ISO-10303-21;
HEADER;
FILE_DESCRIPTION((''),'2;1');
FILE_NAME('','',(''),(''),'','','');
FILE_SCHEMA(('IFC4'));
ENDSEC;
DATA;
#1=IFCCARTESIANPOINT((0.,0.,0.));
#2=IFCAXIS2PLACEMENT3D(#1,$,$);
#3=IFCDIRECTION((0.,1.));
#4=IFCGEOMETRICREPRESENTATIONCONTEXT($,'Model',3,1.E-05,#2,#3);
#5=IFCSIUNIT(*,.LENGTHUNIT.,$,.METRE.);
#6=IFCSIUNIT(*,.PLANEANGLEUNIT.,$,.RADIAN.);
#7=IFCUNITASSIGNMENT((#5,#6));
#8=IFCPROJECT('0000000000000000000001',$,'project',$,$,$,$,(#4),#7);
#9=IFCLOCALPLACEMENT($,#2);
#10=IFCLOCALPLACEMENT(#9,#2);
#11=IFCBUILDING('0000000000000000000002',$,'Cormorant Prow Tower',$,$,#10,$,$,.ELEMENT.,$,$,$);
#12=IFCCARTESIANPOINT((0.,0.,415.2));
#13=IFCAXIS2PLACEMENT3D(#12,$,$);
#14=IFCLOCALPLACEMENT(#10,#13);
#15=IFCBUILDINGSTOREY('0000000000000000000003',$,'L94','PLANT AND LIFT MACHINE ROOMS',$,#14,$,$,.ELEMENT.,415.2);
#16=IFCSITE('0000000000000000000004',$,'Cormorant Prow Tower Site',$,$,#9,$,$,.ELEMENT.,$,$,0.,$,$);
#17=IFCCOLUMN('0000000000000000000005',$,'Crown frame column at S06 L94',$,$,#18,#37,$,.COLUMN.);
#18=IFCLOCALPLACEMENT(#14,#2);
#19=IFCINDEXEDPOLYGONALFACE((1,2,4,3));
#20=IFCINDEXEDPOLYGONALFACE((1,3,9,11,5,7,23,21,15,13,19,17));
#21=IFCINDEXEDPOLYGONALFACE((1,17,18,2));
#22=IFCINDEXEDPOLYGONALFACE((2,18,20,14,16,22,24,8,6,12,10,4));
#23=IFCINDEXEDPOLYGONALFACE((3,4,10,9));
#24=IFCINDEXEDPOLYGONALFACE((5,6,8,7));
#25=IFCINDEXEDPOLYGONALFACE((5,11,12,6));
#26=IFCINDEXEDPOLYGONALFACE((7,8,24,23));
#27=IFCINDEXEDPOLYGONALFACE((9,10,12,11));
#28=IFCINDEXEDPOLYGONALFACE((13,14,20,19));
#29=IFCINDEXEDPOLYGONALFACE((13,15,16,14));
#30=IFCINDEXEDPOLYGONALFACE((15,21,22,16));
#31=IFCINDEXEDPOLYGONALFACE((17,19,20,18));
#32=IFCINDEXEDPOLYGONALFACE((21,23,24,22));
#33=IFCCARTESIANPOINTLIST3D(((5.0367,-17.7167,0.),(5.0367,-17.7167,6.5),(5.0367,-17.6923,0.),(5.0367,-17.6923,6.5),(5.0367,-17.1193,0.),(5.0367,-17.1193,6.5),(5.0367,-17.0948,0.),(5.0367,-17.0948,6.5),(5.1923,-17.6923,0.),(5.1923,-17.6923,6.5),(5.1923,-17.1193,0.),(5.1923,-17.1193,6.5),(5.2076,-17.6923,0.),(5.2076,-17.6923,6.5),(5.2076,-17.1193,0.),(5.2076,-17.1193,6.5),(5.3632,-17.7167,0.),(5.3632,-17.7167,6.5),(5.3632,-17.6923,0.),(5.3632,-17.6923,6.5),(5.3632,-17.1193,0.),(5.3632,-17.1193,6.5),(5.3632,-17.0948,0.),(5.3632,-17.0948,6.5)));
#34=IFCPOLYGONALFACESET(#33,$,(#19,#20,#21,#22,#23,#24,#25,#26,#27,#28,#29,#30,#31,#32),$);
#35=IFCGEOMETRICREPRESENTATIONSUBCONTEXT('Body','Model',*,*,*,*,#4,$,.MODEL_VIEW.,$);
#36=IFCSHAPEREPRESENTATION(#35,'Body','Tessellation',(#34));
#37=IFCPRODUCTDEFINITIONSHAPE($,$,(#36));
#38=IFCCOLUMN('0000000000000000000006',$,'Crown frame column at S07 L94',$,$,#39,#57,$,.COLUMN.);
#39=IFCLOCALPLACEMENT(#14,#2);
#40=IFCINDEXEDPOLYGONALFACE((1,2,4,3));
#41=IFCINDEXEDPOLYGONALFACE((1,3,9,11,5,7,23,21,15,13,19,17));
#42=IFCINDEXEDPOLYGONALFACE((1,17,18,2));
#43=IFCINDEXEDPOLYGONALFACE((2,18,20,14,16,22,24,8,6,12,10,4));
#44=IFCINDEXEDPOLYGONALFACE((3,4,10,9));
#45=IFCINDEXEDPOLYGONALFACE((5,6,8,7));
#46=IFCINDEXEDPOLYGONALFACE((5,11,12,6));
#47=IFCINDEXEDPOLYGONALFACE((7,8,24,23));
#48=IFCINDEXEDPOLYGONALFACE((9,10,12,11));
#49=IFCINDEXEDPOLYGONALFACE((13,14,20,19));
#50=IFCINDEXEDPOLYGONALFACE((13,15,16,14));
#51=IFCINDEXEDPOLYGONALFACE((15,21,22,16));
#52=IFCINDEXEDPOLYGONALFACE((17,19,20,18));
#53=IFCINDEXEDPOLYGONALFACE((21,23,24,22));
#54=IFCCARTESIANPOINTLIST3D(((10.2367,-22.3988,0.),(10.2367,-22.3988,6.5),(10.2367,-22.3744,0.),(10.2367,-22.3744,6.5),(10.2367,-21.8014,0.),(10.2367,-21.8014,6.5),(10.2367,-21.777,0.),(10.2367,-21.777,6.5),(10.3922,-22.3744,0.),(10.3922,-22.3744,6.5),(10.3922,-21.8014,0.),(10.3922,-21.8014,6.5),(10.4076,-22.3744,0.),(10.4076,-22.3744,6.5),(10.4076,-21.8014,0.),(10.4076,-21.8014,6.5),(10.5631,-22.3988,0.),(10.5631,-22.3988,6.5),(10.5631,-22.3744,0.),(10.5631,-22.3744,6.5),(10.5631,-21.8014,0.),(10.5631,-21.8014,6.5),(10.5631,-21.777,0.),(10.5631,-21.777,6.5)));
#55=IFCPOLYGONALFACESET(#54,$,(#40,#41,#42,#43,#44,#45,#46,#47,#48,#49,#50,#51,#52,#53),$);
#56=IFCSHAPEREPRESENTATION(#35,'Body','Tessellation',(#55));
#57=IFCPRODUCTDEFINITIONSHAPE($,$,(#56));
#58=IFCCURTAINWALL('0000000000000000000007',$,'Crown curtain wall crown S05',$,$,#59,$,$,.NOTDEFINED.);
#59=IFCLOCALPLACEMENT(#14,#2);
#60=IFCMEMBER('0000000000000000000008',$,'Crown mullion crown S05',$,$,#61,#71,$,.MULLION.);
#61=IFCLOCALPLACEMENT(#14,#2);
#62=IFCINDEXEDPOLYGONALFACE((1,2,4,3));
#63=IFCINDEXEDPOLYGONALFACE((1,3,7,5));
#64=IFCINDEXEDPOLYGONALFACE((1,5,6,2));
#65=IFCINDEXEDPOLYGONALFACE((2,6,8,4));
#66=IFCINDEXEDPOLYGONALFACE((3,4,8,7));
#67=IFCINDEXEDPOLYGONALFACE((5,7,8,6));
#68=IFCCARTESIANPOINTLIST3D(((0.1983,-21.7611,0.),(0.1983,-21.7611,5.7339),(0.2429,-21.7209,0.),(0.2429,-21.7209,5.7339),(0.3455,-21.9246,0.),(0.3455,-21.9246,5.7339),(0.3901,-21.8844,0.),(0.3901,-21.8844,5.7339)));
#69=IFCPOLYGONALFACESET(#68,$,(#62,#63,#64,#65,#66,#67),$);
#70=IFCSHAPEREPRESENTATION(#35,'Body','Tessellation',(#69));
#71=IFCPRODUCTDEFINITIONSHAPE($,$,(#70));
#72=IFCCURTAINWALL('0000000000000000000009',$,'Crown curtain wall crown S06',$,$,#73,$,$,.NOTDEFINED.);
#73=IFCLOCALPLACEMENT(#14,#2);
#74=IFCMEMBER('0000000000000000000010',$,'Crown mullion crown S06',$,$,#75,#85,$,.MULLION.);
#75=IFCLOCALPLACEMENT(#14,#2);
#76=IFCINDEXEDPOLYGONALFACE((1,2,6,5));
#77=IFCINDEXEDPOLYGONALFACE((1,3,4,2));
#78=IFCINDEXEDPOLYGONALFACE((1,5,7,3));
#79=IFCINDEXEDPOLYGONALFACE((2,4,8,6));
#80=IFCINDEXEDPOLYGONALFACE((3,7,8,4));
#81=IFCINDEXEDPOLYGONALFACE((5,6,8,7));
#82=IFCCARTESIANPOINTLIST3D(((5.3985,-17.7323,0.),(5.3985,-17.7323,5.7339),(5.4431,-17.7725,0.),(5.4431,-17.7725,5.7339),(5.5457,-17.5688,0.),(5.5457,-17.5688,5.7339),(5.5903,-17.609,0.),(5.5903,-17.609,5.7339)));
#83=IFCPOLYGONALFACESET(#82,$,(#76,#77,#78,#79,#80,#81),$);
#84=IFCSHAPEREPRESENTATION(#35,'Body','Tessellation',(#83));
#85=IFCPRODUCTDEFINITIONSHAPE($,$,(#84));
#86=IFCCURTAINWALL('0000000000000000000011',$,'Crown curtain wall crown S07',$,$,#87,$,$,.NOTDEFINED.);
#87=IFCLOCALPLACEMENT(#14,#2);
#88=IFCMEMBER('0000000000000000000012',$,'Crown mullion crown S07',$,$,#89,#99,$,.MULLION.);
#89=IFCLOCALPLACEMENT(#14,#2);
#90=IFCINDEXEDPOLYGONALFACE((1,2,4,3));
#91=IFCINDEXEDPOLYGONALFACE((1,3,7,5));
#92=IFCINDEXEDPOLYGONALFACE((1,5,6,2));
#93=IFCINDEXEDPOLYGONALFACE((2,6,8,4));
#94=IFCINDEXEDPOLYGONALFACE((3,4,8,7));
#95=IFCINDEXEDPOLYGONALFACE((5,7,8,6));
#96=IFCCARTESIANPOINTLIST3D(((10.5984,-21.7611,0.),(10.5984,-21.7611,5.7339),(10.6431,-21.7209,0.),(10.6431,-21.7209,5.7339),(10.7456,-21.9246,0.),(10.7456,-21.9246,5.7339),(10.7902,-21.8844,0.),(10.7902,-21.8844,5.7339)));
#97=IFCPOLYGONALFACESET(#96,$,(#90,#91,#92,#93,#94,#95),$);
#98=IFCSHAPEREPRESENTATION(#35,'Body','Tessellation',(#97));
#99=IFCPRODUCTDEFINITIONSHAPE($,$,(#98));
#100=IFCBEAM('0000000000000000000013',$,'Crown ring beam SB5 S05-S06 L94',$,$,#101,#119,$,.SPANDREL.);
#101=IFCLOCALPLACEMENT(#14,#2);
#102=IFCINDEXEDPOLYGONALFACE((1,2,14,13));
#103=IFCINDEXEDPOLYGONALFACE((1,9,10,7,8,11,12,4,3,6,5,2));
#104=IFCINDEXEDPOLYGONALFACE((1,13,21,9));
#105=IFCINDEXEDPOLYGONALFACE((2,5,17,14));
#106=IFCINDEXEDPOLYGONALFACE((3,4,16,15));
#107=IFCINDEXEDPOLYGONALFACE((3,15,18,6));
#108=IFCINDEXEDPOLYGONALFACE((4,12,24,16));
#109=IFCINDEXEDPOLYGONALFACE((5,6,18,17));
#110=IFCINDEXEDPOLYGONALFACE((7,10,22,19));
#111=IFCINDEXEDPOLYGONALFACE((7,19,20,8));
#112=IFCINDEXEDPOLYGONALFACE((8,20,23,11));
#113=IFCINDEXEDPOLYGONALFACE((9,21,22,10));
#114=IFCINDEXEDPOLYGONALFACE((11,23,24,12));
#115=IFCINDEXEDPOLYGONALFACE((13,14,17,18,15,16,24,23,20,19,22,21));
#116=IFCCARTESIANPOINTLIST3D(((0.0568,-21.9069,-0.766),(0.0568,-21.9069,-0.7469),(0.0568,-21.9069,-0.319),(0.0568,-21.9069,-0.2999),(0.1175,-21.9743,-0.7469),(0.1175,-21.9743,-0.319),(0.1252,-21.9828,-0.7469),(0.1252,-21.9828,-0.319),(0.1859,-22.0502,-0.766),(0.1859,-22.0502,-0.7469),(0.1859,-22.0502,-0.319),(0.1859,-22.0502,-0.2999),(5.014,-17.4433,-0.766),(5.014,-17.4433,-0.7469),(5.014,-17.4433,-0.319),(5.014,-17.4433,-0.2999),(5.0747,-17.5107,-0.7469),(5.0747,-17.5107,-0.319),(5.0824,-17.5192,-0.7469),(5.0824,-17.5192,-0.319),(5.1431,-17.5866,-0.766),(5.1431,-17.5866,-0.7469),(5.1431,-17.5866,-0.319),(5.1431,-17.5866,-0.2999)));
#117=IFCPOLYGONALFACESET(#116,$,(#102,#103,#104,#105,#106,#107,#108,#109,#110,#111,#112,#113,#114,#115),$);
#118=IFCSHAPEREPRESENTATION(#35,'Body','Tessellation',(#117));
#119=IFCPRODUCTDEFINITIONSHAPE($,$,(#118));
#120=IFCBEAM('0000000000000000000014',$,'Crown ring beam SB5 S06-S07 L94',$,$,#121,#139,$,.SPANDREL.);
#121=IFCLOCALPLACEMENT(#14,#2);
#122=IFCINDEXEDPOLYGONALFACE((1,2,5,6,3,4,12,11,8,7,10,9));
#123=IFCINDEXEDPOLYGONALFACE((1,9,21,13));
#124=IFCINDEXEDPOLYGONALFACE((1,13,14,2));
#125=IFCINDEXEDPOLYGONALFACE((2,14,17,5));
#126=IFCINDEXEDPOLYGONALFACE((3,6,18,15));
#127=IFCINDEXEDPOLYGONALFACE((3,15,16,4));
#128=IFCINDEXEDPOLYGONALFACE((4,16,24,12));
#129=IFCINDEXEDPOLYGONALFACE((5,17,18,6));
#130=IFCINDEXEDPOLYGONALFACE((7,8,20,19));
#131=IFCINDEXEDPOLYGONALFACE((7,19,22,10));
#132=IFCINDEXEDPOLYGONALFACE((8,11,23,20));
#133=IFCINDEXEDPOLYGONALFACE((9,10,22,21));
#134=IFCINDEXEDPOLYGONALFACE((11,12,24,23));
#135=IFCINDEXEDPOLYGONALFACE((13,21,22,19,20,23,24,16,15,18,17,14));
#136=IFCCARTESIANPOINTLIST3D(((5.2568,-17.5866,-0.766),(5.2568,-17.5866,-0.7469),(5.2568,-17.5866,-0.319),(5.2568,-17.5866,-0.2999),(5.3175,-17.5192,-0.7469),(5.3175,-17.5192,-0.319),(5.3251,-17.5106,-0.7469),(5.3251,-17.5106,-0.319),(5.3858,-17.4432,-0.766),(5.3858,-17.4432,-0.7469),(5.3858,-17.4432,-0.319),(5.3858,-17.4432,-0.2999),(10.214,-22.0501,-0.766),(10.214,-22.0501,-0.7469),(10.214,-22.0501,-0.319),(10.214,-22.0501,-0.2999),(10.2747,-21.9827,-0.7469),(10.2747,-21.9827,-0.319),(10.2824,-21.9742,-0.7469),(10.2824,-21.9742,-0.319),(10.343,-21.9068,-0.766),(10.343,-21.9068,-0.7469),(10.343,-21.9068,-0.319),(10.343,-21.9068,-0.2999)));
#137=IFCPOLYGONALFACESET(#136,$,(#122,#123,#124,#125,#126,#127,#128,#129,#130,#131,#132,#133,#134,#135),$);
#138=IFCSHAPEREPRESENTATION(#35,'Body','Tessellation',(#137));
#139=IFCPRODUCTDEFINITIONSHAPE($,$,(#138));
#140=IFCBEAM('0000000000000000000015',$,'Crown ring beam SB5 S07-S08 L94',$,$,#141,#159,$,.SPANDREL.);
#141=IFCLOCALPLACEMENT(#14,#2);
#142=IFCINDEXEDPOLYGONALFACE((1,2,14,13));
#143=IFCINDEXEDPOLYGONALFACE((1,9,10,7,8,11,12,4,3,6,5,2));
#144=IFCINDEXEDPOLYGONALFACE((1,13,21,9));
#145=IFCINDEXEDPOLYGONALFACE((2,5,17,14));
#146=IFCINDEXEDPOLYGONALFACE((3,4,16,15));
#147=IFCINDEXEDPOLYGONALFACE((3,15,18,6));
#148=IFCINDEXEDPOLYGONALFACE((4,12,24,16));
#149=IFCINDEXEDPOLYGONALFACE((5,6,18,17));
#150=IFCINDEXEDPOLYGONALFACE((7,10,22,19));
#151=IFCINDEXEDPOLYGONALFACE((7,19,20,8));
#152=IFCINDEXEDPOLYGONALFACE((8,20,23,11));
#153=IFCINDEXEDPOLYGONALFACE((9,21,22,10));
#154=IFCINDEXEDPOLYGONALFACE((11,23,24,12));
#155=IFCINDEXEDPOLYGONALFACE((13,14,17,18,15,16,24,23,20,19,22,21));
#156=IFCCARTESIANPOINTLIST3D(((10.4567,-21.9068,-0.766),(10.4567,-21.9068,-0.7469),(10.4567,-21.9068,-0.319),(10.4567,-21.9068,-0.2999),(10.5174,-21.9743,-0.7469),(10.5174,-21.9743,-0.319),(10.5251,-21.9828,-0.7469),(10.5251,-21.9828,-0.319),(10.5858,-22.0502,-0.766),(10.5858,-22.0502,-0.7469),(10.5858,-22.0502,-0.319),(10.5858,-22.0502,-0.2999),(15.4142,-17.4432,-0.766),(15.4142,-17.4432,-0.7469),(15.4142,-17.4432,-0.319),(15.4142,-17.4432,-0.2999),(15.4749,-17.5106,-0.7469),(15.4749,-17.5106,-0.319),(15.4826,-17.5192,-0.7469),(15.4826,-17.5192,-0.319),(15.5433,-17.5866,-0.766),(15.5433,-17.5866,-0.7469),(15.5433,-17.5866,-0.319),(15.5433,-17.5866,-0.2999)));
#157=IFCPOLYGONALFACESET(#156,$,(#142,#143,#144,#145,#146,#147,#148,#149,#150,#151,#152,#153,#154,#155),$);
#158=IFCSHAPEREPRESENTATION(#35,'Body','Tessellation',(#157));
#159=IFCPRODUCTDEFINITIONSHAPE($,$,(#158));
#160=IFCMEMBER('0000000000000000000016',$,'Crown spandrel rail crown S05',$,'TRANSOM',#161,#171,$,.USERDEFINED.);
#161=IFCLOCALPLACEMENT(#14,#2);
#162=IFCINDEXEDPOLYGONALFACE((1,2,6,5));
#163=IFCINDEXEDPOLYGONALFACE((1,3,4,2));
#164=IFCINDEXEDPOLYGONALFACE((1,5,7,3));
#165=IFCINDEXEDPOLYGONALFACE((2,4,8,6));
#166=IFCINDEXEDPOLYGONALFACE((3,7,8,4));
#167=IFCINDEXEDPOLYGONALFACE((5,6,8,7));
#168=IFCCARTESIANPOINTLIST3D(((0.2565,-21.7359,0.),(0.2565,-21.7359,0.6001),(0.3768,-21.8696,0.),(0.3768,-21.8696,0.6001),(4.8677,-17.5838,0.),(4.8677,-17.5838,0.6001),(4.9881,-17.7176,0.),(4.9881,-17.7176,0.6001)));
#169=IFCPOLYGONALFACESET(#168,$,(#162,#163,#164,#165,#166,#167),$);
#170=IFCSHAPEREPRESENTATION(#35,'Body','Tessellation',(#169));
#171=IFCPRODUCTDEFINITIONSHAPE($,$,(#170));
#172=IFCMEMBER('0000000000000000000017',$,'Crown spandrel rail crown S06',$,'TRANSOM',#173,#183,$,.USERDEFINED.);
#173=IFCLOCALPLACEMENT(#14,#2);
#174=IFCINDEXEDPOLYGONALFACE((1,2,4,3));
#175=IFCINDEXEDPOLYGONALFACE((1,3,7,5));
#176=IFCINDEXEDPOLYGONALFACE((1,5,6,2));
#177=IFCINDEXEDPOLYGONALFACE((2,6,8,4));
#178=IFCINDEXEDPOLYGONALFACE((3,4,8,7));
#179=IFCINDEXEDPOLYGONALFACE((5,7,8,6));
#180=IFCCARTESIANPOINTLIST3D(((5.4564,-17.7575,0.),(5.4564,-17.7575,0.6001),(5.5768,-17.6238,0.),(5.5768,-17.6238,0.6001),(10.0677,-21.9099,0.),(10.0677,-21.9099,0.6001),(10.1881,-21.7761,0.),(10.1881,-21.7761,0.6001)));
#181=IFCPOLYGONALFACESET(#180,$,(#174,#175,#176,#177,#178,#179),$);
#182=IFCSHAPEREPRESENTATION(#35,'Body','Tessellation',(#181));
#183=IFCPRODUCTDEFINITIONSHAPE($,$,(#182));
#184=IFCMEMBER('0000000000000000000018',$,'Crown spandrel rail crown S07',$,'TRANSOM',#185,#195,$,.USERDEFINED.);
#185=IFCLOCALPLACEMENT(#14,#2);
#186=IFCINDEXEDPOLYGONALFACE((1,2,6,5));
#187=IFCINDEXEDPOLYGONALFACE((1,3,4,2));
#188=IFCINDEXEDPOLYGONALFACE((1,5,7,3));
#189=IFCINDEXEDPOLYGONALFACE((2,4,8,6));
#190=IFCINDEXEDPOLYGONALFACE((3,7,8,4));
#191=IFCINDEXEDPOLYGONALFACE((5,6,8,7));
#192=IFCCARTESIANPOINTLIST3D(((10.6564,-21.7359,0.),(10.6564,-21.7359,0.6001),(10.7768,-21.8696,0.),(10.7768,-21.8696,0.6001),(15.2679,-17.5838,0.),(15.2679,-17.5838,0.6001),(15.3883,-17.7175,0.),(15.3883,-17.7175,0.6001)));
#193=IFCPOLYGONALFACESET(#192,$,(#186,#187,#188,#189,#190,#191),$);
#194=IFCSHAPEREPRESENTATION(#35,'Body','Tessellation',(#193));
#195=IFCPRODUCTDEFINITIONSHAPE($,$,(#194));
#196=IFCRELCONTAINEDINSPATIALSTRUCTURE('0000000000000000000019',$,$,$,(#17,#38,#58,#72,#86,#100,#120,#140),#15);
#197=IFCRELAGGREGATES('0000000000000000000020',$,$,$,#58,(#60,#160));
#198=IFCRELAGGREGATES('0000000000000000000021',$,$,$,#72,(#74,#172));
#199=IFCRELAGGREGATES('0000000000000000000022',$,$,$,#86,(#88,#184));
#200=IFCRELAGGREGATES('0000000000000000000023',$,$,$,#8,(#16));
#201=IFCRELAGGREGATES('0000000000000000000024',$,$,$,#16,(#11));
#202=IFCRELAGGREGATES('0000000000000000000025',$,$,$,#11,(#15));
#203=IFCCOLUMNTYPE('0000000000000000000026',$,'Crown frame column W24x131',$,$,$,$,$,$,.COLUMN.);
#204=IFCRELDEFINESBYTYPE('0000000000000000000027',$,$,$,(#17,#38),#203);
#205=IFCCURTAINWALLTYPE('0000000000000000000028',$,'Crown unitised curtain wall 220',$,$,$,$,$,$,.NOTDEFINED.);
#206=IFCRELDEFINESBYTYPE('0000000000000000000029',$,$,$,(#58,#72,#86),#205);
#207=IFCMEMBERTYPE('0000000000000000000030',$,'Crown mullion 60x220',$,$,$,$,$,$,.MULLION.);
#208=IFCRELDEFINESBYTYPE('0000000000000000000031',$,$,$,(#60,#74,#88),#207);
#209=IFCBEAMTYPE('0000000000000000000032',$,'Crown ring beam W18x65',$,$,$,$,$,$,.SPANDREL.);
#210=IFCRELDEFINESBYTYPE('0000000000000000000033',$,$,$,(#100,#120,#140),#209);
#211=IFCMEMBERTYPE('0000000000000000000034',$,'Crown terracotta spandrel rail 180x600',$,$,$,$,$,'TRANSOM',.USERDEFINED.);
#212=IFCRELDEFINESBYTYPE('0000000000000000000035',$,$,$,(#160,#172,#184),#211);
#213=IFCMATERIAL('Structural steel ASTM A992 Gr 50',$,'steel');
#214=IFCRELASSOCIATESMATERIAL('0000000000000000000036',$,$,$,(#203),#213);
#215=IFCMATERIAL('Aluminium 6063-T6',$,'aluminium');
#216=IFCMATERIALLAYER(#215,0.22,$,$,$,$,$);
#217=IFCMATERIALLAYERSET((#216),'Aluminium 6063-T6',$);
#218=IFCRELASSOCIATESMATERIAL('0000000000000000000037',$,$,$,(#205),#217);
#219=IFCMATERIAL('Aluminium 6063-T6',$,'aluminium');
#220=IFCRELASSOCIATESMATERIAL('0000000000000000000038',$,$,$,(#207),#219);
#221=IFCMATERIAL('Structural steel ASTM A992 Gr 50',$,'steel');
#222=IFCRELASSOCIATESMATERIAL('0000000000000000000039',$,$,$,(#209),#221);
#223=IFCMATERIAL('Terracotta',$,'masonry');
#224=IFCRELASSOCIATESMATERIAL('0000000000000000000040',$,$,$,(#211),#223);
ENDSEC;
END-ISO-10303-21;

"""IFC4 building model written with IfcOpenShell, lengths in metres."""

from ifc_helpers import new_model, si_unit, direction, frame, origin, origin_2d, place, context, subcontext, project, spatial, rectangle, i_section, extrude, material, layer, layer_set, material_profile, profile_set, type_object, element, aggregate, save


model = new_model("IFC4")

# Units and contexts
model_context = context("Model", 3, precision=1e-05, world=origin(), true_north=direction((0.0, 1.0)))
body_context = subcontext(model_context, "Body", "Model", "MODEL_VIEW")
ifc_project = project(units=[si_unit("LENGTHUNIT", "METRE"), si_unit("PLANEANGLEUNIT", "RADIAN")], contexts=[model_context])

# Site, building, storey
site_placement = place(None, origin())
site = spatial("IfcSite", under=ifc_project, at=site_placement, Name="Cormorant Prow Tower Site", CompositionType="ELEMENT", RefElevation=0.0)
building_placement = place(site_placement, origin())
building = spatial("IfcBuilding", under=site, at=building_placement, Name="Cormorant Prow Tower", CompositionType="ELEMENT")
storey_placement = place(building_placement, frame((0.0, 0.0, 415.2)))
storey = spatial("IfcBuildingStorey", under=building, at=storey_placement, Name="L94", Description="PLANT AND LIFT MACHINE ROOMS", CompositionType="ELEMENT", Elevation=415.2)

# Columns
ifc_material_1 = material(Name="Structural steel ASTM A992 Gr 50", Category="steel")
ifc_material_profile_1 = material_profile(ifc_material_1, i_section(OverallWidth=0.3264, OverallDepth=0.6218, WebThickness=0.0154, FlangeThickness=0.0244, at=origin_2d()), Name="W24x131")
ifc_profile_set_1 = profile_set([ifc_material_profile_1], Name="Structural steel ASTM A992 Gr 50")
column_type = type_object("IfcColumnType", Name="Crown frame column W24x131", PredefinedType="COLUMN", material=ifc_profile_set_1)
for number, where, z_axis, x_axis, name in (
    (1, (5.2, -17.4058, 0.0), (0.0, 0.0, 1.0), (1.0, 0.0, 0.0), "Crown frame column at S06 L94"),
    (2, (10.3999, -22.0879, 0.0), (0.0, 0.0, 1.0), (1.0, 0.0, 0.0), "Crown frame column at S07 L94"),
):
    element("IfcColumn", number, at=place(storey_placement, frame(where, z_axis=z_axis, x_axis=x_axis)), inside=storey, type_object=column_type, Name=name, PredefinedType="COLUMN", context=body_context, shape_type="SweptSolid", body=[
        extrude(i_section(OverallWidth=0.3264, OverallDepth=0.6218, WebThickness=0.0154, FlangeThickness=0.0244, at=origin_2d()), origin(), (0.0, 0.0, 1.0), 6.5),
    ])

# Curtain walls, members
ifc_material_2 = material(Name="Aluminium 6063-T6", Category="aluminium")
ifc_layer_1 = layer(ifc_material_2, 0.22)
ifc_layer_set_1 = layer_set([ifc_layer_1], Name="Aluminium 6063-T6")
curtain_wall_type = type_object("IfcCurtainWallType", Name="Crown unitised curtain wall 220", PredefinedType="NOTDEFINED", material=ifc_layer_set_1)
curtain_wall_1_placement = place(storey_placement, origin())
curtain_wall_1 = element("IfcCurtainWall", 3, at=curtain_wall_1_placement, inside=storey, type_object=curtain_wall_type, Name="Crown curtain wall crown S05", PredefinedType="NOTDEFINED")
ifc_material_3 = material(Name="Aluminium 6063-T6", Category="aluminium")
ifc_material_profile_2 = material_profile(ifc_material_3, rectangle(XDim=0.22, YDim=0.0601, at=origin_2d()), Name="Crown mullion 60x220")
ifc_profile_set_2 = profile_set([ifc_material_profile_2], Name="Aluminium 6063-T6")
member_type_1 = type_object("IfcMemberType", Name="Crown mullion 60x220", PredefinedType="MULLION", material=ifc_profile_set_2)
member_1_placement = place(storey_placement, frame((0.2942, -21.8228, 0.0), z_axis=(0.0, 0.0, 1.0), x_axis=(-0.669131, 0.743145, 0.0)))
member_1 = element("IfcMember", 4, at=member_1_placement, type_object=member_type_1, Name="Crown mullion crown S05", PredefinedType="MULLION", context=body_context, shape_type="SweptSolid", body=[
    extrude(rectangle(XDim=0.22, YDim=0.0601, at=origin_2d()), origin(), (0.0, 0.0, 1.0), 5.7339),
])
curtain_wall_2_placement = place(storey_placement, origin())
curtain_wall_2 = element("IfcCurtainWall", 5, at=curtain_wall_2_placement, inside=storey, type_object=curtain_wall_type, Name="Crown curtain wall crown S06", PredefinedType="NOTDEFINED")
member_2_placement = place(storey_placement, frame((5.4944, -17.6707, 0.0), z_axis=(0.0, 0.0, 1.0), x_axis=(0.669131, 0.743145, 0.0)))
member_2 = element("IfcMember", 6, at=member_2_placement, type_object=member_type_1, Name="Crown mullion crown S06", PredefinedType="MULLION", context=body_context, shape_type="SweptSolid", body=[
    extrude(rectangle(XDim=0.22, YDim=0.0601, at=origin_2d()), origin(), (0.0, 0.0, 1.0), 5.7339),
])
curtain_wall_3_placement = place(storey_placement, origin())
curtain_wall_3 = element("IfcCurtainWall", 7, at=curtain_wall_3_placement, inside=storey, type_object=curtain_wall_type, Name="Crown curtain wall crown S07", PredefinedType="NOTDEFINED")
member_3_placement = place(storey_placement, frame((10.6943, -21.8228, 0.0), z_axis=(0.0, 0.0, 1.0), x_axis=(-0.669131, 0.743145, 0.0)))
member_3 = element("IfcMember", 8, at=member_3_placement, type_object=member_type_1, Name="Crown mullion crown S07", PredefinedType="MULLION", context=body_context, shape_type="SweptSolid", body=[
    extrude(rectangle(XDim=0.22, YDim=0.0601, at=origin_2d()), origin(), (0.0, 0.0, 1.0), 5.7339),
])

# Beams
ifc_material_4 = material(Name="Structural steel ASTM A992 Gr 50", Category="steel")
ifc_material_profile_3 = material_profile(ifc_material_4, i_section(OverallWidth=0.1929, OverallDepth=0.4661, WebThickness=0.0115, FlangeThickness=0.019, at=origin_2d()), Name="W18x65")
ifc_profile_set_3 = profile_set([ifc_material_profile_3], Name="Structural steel ASTM A992 Gr 50")
beam_type = type_object("IfcBeamType", Name="Crown ring beam W18x65", PredefinedType="SPANDREL", material=ifc_profile_set_3)
for number, where, z_axis, x_axis, name in (
    (9, (0.1213, -21.9785, -0.533), (0.743139, 0.669137, 0.0), (-0.669137, 0.743139, 0.0), "Crown ring beam SB5 S05-S06 L94"),
    (10, (5.3213, -17.5149, -0.533), (0.743139, -0.669137, 0.0), (0.669137, 0.743139, 0.0), "Crown ring beam SB5 S06-S07 L94"),
):
    element("IfcBeam", number, at=place(storey_placement, frame(where, z_axis=z_axis, x_axis=x_axis)), inside=storey, type_object=beam_type, Name=name, PredefinedType="SPANDREL", context=body_context, shape_type="SweptSolid", body=[
        extrude(i_section(OverallWidth=0.1929, OverallDepth=0.4661, WebThickness=0.0115, FlangeThickness=0.019, at=origin_2d()), origin(), (0.0, 0.0, 1.0), 6.6707),
    ])
beam_placement = place(storey_placement, frame((10.5212, -21.9785, -0.533), z_axis=(0.743156, 0.669118, 0.0), x_axis=(-0.669118, 0.743156, 0.0)))
element("IfcBeam", 11, at=beam_placement, inside=storey, type_object=beam_type, Name="Crown ring beam SB5 S07-S08 L94", PredefinedType="SPANDREL", context=body_context, shape_type="SweptSolid", body=[
    extrude(i_section(OverallWidth=0.1929, OverallDepth=0.4661, WebThickness=0.0115, FlangeThickness=0.019, at=origin_2d()), origin(), (0.0, 0.0, 1.0), 6.6709),
])

# Members
ifc_material_5 = material(Name="Terracotta", Category="masonry")
ifc_material_profile_4 = material_profile(ifc_material_5, rectangle(XDim=0.1799, YDim=0.6001, at=origin_2d()), Name="Crown terracotta spandrel rail 180x600")
ifc_profile_set_4 = profile_set([ifc_material_profile_4], Name="Terracotta")
member_type_2 = type_object("IfcMemberType", Name="Crown terracotta spandrel rail 180x600", ElementType="TRANSOM", PredefinedType="USERDEFINED", material=ifc_profile_set_4)
member_4_placement = place(storey_placement, frame((0.3167, -21.8027, 0.3), z_axis=(0.743142, 0.669134, 0.0), x_axis=(-0.669134, 0.743142, 0.0)))
member_4 = element("IfcMember", 12, at=member_4_placement, type_object=member_type_2, Name="Crown spandrel rail crown S05", ObjectType="TRANSOM", PredefinedType="USERDEFINED", context=body_context, shape_type="SweptSolid", body=[
    extrude(rectangle(XDim=0.1799, YDim=0.6001, at=origin_2d()), origin(), (0.0, 0.0, 1.0), 6.2051),
])
member_5_placement = place(storey_placement, frame((5.5166, -17.6907, 0.3), z_axis=(0.743122, -0.669156, 0.0), x_axis=(0.669156, 0.743122, 0.0)))
member_5 = element("IfcMember", 13, at=member_5_placement, type_object=member_type_2, Name="Crown spandrel rail crown S06", ObjectType="TRANSOM", PredefinedType="USERDEFINED", context=body_context, shape_type="SweptSolid", body=[
    extrude(rectangle(XDim=0.1799, YDim=0.6001, at=origin_2d()), origin(), (0.0, 0.0, 1.0), 6.2053),
])
member_6_placement = place(storey_placement, frame((10.7166, -21.8027, 0.3), z_axis=(0.743159, 0.669115, 0.0), x_axis=(-0.669115, 0.743159, 0.0)))
member_6 = element("IfcMember", 14, at=member_6_placement, type_object=member_type_2, Name="Crown spandrel rail crown S07", ObjectType="TRANSOM", PredefinedType="USERDEFINED", context=body_context, shape_type="SweptSolid", body=[
    extrude(rectangle(XDim=0.1799, YDim=0.6001, at=origin_2d()), origin(), (0.0, 0.0, 1.0), 6.2053),
])

aggregate(curtain_wall_1, [member_1, member_4])
aggregate(curtain_wall_2, [member_2, member_5])
aggregate(curtain_wall_3, [member_3, member_6])

save(model, "model.ifc")
